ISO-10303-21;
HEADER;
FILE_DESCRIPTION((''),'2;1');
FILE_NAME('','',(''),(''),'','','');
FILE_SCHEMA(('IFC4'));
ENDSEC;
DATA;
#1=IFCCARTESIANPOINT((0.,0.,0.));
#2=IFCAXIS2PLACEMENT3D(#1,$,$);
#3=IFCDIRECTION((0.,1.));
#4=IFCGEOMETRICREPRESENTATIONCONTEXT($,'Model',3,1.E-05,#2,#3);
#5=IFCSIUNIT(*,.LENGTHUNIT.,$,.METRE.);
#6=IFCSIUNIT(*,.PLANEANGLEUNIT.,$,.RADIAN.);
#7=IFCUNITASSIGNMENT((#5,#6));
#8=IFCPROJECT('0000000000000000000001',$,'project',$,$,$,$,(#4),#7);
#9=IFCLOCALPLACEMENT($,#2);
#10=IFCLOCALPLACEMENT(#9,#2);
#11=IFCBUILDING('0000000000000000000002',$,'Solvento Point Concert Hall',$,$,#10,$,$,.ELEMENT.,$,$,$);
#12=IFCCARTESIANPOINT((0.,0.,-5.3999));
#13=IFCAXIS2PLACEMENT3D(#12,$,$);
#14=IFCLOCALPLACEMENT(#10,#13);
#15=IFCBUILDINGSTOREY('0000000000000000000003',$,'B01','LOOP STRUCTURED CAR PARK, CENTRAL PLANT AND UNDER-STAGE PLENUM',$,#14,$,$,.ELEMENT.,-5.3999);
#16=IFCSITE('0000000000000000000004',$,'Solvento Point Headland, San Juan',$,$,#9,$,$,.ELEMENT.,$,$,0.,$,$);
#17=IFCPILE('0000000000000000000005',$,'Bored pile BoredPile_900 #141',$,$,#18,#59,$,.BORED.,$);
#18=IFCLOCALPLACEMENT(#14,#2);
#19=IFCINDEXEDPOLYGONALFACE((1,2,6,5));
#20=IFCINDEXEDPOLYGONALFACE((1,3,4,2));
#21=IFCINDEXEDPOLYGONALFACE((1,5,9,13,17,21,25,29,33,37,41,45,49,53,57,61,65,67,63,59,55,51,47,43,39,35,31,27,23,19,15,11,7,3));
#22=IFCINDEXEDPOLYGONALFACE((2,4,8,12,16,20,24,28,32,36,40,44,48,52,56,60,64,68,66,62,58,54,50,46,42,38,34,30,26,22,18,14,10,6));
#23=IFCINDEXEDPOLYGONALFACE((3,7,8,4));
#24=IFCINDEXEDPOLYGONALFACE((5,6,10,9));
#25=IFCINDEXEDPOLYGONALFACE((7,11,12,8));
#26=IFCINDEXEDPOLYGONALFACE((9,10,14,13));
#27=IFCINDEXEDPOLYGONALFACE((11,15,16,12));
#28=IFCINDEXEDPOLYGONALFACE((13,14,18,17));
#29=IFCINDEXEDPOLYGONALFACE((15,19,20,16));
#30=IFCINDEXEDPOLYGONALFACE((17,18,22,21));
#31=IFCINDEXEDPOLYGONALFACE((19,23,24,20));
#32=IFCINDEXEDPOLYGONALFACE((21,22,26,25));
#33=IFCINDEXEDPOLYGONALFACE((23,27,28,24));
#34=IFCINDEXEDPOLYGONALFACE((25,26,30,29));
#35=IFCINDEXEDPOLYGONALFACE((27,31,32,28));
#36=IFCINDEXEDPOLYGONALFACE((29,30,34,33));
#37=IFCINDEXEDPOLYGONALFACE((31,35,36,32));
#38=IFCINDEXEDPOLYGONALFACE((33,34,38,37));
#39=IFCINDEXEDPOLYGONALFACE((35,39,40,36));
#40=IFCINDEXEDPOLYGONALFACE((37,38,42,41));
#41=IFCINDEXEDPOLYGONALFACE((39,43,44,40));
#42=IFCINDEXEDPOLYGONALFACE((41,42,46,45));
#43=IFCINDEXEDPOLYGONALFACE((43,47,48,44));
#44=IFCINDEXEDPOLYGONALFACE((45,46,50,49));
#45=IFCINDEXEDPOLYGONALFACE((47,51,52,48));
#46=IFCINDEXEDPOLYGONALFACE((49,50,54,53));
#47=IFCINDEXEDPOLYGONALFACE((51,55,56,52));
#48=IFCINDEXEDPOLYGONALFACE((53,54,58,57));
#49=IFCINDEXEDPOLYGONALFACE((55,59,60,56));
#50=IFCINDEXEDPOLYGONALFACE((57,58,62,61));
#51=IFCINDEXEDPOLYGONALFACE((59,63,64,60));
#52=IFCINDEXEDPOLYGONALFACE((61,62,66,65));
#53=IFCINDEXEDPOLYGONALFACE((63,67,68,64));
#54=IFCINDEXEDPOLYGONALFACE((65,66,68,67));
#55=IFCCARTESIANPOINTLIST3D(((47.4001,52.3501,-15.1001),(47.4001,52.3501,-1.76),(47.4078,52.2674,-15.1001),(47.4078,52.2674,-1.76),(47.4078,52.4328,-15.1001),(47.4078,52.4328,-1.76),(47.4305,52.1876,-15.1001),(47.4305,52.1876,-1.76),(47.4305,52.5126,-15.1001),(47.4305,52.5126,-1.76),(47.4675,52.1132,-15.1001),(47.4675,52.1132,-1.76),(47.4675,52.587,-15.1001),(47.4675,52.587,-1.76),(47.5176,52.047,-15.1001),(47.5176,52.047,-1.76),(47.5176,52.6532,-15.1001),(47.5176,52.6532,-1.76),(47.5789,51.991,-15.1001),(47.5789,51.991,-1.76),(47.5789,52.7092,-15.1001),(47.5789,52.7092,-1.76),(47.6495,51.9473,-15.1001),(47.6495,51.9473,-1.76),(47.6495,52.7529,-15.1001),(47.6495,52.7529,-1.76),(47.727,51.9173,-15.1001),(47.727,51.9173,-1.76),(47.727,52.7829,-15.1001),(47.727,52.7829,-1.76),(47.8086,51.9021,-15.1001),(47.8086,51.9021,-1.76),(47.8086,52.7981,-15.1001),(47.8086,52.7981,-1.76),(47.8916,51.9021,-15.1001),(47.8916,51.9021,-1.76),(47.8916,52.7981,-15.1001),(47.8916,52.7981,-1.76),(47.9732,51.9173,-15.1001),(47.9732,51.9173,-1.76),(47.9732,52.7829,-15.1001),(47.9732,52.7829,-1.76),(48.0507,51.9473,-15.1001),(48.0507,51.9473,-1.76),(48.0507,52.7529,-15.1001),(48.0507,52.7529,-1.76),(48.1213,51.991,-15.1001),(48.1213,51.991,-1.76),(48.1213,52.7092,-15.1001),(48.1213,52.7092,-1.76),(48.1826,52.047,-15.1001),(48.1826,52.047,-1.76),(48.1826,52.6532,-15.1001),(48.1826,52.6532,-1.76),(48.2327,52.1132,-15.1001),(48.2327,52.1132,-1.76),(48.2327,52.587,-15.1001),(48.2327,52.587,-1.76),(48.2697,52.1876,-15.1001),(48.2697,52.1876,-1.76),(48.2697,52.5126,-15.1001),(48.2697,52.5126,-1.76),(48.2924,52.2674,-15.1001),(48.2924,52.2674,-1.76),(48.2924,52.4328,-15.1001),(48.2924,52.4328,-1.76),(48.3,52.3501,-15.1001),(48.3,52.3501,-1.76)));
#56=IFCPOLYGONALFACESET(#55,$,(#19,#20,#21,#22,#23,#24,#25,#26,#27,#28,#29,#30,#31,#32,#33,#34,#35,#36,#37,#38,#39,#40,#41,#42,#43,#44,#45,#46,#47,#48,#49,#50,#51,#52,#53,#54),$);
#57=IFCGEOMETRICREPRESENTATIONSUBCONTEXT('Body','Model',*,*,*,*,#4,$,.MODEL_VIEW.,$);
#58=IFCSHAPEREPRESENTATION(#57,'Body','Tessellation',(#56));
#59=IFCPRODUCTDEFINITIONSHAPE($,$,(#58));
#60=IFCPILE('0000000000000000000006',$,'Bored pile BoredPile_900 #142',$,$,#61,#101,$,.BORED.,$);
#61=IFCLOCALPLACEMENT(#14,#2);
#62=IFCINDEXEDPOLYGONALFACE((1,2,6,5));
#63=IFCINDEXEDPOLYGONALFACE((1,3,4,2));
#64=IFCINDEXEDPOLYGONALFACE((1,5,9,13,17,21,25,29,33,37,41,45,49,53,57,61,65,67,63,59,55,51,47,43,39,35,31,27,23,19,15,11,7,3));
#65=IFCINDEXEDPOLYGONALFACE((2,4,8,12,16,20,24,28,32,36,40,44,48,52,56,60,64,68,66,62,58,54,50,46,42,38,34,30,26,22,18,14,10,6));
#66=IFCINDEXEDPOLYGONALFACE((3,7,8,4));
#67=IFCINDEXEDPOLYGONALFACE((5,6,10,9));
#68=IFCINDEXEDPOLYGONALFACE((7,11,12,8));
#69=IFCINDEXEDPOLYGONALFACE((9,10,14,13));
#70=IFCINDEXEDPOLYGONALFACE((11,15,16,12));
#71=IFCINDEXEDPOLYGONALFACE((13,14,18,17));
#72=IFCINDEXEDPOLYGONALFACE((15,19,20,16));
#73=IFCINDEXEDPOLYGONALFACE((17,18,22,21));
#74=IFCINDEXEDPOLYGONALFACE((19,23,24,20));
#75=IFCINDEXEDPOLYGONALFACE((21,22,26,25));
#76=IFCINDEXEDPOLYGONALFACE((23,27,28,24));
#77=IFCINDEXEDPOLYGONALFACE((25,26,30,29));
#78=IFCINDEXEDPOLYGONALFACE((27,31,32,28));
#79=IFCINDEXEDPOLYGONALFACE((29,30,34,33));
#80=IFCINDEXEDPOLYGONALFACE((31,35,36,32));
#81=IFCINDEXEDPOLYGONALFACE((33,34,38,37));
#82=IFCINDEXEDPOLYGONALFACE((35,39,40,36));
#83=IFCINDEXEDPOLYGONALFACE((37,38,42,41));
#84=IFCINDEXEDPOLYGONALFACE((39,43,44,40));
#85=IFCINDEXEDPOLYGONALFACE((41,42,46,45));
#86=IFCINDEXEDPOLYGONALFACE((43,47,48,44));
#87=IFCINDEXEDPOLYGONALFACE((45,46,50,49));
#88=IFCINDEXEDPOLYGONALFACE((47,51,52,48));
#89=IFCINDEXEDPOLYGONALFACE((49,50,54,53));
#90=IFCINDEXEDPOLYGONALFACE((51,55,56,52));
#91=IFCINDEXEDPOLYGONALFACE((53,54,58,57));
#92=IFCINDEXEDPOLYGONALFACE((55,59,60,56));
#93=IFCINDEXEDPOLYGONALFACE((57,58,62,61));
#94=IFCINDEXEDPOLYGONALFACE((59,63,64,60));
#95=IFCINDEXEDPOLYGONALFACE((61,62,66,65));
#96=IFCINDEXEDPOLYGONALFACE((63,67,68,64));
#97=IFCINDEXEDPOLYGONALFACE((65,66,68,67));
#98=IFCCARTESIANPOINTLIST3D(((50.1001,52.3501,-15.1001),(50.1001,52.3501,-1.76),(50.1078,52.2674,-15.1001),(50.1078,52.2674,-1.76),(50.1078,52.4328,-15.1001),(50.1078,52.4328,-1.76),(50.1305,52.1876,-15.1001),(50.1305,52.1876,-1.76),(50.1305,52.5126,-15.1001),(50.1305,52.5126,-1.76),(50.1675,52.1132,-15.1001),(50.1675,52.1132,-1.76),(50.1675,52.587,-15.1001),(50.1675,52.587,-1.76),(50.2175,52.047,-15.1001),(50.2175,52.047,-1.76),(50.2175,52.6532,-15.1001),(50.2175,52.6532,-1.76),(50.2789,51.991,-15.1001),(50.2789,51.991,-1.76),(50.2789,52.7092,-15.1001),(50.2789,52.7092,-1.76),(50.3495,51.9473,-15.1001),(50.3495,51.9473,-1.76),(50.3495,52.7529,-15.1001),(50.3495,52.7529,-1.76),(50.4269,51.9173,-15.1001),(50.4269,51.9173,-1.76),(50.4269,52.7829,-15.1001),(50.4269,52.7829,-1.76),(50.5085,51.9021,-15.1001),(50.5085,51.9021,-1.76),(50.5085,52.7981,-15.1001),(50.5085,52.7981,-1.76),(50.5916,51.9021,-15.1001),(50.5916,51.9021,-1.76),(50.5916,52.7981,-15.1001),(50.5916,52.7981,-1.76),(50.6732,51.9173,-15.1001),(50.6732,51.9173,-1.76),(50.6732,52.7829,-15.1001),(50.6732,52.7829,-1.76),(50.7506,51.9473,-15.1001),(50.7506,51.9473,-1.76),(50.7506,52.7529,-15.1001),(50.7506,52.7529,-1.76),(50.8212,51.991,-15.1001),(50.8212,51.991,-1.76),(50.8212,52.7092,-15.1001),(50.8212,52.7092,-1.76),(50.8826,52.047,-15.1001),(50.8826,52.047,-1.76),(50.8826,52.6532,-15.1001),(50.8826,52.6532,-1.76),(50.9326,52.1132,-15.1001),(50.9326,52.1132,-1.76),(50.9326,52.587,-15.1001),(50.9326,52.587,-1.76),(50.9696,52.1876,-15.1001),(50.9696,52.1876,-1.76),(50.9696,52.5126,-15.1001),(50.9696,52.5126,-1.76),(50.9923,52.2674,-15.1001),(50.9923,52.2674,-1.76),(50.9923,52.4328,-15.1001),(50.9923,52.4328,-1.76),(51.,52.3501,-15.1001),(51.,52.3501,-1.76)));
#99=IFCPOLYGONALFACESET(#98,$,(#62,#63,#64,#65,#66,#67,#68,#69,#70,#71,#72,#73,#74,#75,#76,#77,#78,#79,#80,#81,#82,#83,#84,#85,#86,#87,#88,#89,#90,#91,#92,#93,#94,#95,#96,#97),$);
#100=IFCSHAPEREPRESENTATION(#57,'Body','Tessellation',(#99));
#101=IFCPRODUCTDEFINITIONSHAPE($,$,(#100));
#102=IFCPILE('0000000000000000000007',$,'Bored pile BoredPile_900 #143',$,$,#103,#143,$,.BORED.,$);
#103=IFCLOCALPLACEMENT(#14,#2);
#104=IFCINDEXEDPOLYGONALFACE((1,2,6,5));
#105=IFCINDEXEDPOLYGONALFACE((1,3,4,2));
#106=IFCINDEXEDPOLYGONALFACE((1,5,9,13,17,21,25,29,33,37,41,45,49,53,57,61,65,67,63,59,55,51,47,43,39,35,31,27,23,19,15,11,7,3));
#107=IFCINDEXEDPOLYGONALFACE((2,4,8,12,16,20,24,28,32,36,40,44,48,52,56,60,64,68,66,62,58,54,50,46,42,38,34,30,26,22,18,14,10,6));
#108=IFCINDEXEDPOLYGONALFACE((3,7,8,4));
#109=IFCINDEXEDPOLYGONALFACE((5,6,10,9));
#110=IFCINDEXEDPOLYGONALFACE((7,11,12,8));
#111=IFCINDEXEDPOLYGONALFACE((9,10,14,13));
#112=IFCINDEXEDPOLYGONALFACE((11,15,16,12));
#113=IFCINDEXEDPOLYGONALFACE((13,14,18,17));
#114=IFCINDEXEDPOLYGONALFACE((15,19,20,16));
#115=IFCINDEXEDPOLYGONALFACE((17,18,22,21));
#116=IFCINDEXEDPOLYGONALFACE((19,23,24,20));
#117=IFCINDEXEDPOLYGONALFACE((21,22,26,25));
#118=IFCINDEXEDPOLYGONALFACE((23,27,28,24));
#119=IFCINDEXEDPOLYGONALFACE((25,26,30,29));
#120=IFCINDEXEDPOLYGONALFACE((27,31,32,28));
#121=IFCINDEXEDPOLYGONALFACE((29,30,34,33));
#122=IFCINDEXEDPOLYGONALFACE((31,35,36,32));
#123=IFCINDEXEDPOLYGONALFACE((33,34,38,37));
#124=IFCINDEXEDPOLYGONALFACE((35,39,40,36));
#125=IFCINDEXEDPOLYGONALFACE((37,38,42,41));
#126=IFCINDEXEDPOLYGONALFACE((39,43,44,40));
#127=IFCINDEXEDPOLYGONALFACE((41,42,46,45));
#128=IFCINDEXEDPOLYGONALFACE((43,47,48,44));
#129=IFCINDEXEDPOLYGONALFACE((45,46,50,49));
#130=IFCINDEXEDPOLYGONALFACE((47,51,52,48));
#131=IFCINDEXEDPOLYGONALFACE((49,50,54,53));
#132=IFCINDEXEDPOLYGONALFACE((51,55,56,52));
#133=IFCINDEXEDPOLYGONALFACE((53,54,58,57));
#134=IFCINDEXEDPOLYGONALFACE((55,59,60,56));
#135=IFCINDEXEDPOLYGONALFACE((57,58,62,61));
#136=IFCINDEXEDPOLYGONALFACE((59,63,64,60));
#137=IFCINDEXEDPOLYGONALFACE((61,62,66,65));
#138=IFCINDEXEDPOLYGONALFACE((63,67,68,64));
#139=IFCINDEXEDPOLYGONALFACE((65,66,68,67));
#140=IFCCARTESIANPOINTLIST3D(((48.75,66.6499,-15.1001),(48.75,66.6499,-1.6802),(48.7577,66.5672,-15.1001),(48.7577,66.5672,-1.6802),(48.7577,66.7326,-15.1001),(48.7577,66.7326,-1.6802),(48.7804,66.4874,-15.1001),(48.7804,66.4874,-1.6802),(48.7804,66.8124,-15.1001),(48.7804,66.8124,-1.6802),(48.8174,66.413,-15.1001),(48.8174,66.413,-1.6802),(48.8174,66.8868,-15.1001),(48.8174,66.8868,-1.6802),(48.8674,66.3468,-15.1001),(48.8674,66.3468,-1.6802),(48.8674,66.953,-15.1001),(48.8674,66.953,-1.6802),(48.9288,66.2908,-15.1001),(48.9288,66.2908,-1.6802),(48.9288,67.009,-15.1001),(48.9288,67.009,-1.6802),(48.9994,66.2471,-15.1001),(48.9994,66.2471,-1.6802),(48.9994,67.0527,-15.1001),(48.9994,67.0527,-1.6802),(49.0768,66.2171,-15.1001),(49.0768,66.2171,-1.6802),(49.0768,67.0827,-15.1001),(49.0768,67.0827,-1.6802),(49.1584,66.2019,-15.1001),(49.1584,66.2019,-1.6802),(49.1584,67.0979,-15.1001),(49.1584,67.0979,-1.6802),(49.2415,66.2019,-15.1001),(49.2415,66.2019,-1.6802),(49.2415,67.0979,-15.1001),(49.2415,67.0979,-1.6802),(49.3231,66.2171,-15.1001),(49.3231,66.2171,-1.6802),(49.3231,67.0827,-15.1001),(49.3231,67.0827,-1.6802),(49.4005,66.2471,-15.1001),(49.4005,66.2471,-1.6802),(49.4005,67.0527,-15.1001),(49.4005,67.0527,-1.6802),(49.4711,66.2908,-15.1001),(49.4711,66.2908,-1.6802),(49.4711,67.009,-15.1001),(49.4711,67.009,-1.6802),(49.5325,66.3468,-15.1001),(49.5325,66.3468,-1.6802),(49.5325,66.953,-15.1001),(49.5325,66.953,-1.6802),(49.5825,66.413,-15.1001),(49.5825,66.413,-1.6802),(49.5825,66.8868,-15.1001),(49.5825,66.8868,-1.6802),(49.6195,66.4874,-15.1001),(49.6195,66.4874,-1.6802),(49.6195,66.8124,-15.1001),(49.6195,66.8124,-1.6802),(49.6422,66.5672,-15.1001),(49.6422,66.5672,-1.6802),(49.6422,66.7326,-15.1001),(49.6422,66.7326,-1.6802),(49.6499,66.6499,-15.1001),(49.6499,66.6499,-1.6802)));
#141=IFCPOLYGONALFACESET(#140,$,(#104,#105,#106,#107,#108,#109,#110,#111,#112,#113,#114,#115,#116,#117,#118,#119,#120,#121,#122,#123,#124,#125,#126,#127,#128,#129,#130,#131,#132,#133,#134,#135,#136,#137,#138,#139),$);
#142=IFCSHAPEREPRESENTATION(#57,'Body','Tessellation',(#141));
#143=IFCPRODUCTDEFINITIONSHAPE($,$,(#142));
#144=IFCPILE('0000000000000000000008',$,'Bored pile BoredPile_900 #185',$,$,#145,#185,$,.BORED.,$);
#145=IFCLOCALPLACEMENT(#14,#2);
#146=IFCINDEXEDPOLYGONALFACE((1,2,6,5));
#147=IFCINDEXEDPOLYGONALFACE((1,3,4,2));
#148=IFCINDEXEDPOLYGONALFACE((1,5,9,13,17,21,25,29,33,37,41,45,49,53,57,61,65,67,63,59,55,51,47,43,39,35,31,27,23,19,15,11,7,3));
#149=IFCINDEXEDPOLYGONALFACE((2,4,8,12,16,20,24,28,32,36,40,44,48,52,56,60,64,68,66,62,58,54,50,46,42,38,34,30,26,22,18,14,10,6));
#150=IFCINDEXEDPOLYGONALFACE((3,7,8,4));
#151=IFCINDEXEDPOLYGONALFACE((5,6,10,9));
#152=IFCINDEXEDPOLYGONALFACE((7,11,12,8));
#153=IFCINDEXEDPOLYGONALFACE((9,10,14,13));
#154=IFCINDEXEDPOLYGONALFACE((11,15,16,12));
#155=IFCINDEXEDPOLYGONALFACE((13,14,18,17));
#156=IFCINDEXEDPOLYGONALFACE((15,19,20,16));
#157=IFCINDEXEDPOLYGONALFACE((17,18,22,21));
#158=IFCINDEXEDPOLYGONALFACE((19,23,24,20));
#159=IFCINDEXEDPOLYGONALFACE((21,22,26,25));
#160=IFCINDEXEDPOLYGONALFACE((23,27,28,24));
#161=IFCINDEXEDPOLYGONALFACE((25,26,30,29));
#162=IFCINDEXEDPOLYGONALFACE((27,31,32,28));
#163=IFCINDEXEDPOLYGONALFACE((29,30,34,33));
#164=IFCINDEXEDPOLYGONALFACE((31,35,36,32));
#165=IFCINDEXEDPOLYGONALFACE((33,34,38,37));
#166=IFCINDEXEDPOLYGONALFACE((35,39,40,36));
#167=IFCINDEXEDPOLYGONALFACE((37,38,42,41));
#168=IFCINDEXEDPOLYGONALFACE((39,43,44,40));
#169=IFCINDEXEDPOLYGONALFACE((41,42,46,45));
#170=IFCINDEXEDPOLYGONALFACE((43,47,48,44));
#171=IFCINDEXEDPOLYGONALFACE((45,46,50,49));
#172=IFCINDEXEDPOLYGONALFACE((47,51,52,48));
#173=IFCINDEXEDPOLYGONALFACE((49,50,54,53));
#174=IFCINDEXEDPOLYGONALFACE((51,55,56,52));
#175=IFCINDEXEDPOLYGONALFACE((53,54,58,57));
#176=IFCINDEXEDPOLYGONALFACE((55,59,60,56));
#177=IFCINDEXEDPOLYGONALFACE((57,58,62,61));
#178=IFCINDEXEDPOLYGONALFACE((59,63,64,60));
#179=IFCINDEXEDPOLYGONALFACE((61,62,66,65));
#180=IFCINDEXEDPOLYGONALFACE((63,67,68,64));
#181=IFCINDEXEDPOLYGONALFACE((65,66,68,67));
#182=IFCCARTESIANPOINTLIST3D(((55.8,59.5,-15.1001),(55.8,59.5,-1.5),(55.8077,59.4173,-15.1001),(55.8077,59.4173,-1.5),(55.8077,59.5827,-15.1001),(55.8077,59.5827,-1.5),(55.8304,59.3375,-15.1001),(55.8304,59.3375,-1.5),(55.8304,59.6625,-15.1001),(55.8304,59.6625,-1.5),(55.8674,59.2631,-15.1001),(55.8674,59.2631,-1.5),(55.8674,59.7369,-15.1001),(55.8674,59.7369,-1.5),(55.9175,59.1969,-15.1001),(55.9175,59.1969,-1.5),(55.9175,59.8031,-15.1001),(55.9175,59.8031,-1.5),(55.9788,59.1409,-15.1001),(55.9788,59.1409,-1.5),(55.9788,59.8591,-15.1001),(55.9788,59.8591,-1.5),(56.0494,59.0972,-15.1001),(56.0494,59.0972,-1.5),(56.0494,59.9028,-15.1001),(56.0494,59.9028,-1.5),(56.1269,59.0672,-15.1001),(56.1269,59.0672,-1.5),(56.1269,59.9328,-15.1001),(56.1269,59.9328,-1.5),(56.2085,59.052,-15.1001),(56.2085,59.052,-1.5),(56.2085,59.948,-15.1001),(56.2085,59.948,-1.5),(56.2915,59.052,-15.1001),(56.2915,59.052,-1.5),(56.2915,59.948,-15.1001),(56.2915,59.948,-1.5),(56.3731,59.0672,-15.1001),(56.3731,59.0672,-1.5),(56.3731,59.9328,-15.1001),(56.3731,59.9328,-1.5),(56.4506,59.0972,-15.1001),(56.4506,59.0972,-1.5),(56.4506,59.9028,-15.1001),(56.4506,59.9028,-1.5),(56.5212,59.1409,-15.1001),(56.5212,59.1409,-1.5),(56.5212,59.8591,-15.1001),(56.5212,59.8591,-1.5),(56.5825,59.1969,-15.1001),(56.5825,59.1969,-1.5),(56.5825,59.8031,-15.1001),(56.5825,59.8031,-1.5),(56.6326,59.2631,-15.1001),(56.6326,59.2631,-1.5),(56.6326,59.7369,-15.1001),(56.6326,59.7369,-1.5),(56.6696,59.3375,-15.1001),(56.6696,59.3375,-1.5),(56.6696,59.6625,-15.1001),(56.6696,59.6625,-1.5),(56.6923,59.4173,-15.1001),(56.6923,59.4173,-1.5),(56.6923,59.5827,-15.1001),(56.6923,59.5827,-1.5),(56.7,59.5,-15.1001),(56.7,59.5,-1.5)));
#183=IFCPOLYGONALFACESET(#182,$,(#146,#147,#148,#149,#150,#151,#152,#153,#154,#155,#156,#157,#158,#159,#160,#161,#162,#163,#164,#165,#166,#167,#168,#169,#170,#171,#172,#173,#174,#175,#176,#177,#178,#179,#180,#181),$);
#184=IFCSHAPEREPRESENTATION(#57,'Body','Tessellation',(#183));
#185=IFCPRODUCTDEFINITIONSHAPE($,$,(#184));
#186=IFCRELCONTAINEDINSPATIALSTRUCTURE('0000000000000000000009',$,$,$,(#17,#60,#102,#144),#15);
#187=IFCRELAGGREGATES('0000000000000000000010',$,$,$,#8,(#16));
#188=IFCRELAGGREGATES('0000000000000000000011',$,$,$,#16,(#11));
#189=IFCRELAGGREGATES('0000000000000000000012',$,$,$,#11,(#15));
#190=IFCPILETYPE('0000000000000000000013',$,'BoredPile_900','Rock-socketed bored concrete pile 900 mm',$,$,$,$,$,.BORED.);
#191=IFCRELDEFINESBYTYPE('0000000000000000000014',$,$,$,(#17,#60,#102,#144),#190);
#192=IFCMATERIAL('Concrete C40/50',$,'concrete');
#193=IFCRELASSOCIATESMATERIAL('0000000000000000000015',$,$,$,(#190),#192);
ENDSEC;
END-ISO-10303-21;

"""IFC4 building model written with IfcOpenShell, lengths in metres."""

from ifc_helpers import new_model, si_unit, direction, frame, origin, origin_2d, place, context, subcontext, project, spatial, circle, extrude, material, material_profile, profile_set, type_object, element, save


model = new_model("IFC4")

# Units and contexts
model_context = context("Model", 3, precision=1e-05, world=origin(), true_north=direction((0.0, 1.0)))
body_context = subcontext(model_context, "Body", "Model", "MODEL_VIEW")
ifc_project = project(units=[si_unit("LENGTHUNIT", "METRE"), si_unit("PLANEANGLEUNIT", "RADIAN")], contexts=[model_context])

# Site, building, storey
site_placement = place(None, origin())
site = spatial("IfcSite", under=ifc_project, at=site_placement, Name="Solvento Point Headland, San Juan", CompositionType="ELEMENT", RefElevation=0.0)
building_placement = place(site_placement, origin())
building = spatial("IfcBuilding", under=site, at=building_placement, Name="Solvento Point Concert Hall", CompositionType="ELEMENT")
storey_placement = place(building_placement, frame((0.0, 0.0, -5.3999)))
storey = spatial("IfcBuildingStorey", under=building, at=storey_placement, Name="B01", Description="LOOP STRUCTURED CAR PARK, CENTRAL PLANT AND UNDER-STAGE PLENUM", CompositionType="ELEMENT", Elevation=-5.3999)

# Piles
ifc_material_1 = material(Name="Concrete C40/50", Category="concrete")
ifc_material_profile_1 = material_profile(ifc_material_1, circle(Radius=0.45, at=origin_2d()), Name="BP-900")
ifc_profile_set_1 = profile_set([ifc_material_profile_1], Name="Concrete C40/50")
pile_type_1 = type_object("IfcPileType", Name="BoredPile_900", Description="Rock-socketed bored concrete pile 900 mm", PredefinedType="BORED", material=ifc_profile_set_1)
for number, where, z_axis, x_axis, name in (
    (1, (47.8501, 52.3501, -1.76), (0.0, 0.0, -1.0), (1.0, 0.0, 0.0), "Bored pile BoredPile_900 #141"),
    (2, (50.55, 52.3501, -1.76), (0.0, 0.0, -1.0), (1.0, 0.0, 0.0), "Bored pile BoredPile_900 #142"),
):
    element("IfcPile", number, at=place(storey_placement, frame(where, z_axis=z_axis, x_axis=x_axis)), inside=storey, type_object=pile_type_1, Name=name, PredefinedType="BORED", context=body_context, shape_type="SweptSolid", body=[
        extrude(circle(Radius=0.45, at=origin_2d()), origin(), (0.0, 0.0, 1.0), 13.3401),
    ])
pile_placement = place(storey_placement, frame((49.2, 66.6499, -1.6802), z_axis=(0.0, 0.0, -1.0), x_axis=(1.0, 0.0, 0.0)))
element("IfcPile", 3, at=pile_placement, inside=storey, type_object=pile_type_1, Name="Bored pile BoredPile_900 #143", PredefinedType="BORED", context=body_context, shape_type="SweptSolid", body=[
    extrude(circle(Radius=0.45, at=origin_2d()), origin(), (0.0, 0.0, 1.0), 13.4199),
])
for number, where, z_axis, x_axis, name in (
    (4, (56.25, 59.5, -1.5), (0.0, 0.0, -1.0), (1.0, 0.0, 0.0), "Bored pile BoredPile_900 #185"),
):
    element("IfcPile", number, at=place(storey_placement, frame(where, z_axis=z_axis, x_axis=x_axis)), inside=storey, type_object=pile_type_1, Name=name, PredefinedType="BORED", context=body_context, shape_type="SweptSolid", body=[
        extrude(circle(Radius=0.45, at=origin_2d()), origin(), (0.0, 0.0, 1.0), 13.6001),
    ])

save(model, "model.ifc")
